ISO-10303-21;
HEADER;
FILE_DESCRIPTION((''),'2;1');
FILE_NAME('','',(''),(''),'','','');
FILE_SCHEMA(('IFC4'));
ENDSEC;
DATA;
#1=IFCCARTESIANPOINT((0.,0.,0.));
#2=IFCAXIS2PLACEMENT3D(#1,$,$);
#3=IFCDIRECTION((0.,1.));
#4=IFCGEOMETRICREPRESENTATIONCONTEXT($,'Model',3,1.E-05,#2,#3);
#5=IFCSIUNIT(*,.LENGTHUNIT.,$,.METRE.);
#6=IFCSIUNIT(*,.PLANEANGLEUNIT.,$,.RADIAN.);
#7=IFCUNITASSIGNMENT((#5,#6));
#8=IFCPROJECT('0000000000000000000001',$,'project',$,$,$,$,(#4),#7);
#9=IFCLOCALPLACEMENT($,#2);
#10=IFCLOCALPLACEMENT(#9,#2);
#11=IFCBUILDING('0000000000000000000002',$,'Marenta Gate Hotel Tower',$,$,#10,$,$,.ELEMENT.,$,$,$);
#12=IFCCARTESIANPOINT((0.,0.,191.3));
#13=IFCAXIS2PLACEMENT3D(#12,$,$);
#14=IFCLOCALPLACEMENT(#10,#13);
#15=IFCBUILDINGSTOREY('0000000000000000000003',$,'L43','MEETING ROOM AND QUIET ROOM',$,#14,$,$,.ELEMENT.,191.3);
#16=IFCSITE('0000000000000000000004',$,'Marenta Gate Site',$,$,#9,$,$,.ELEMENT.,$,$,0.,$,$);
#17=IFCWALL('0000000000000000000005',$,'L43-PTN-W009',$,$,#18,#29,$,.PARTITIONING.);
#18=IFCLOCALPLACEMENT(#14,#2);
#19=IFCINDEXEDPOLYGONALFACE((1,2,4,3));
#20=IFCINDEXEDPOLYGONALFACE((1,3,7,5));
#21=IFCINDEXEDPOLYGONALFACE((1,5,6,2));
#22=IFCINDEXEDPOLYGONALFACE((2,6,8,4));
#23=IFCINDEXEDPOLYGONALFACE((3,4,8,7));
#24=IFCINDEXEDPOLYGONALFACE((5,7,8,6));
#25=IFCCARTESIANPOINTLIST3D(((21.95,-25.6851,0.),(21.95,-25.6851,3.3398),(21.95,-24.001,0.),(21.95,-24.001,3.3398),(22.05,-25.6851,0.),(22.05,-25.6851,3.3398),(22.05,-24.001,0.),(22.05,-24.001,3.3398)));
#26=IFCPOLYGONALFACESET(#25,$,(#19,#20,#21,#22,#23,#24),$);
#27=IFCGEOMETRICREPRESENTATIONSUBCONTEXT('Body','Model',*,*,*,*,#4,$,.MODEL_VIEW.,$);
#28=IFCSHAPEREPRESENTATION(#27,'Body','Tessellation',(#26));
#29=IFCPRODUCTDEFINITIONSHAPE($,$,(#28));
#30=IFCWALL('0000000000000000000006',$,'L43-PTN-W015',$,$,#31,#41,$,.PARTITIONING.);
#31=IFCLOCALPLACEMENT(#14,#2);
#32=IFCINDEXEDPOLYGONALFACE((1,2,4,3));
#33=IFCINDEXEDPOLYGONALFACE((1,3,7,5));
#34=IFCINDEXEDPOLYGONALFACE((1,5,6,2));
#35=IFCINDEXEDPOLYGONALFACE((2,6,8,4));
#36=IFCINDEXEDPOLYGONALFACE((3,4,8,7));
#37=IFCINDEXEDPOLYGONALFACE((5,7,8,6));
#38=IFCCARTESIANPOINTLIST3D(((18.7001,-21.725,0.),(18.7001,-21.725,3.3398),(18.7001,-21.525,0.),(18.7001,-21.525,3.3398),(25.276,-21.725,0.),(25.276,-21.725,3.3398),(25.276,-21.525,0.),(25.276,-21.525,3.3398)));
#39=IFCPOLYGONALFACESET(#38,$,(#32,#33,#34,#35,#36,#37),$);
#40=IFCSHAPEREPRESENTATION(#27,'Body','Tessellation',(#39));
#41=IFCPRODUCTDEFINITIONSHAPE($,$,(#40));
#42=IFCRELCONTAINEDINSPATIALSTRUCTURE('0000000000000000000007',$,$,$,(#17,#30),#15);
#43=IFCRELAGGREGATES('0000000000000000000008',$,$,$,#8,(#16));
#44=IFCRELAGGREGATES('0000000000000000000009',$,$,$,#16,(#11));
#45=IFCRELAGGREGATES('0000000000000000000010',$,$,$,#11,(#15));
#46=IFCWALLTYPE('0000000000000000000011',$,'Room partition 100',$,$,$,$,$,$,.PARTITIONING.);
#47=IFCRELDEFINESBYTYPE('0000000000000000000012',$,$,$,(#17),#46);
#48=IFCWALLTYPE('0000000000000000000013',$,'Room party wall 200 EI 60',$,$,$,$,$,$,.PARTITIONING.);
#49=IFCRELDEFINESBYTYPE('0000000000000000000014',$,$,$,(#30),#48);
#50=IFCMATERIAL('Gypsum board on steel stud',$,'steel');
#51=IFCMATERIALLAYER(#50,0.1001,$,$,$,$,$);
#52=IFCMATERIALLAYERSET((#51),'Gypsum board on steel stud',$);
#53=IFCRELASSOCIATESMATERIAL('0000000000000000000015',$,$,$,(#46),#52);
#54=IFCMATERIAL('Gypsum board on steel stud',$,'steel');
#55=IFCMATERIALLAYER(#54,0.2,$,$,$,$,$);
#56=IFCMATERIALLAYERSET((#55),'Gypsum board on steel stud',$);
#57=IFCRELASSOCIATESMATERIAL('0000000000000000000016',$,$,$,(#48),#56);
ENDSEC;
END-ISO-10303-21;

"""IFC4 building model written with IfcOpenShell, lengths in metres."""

from ifc_helpers import new_model, si_unit, direction, frame, frame_2d, origin, place, context, subcontext, project, spatial, rectangle, extrude, material, layer, layer_set, type_object, element, save


model = new_model("IFC4")

# Units and contexts
model_context = context("Model", 3, precision=1e-05, world=origin(), true_north=direction((0.0, 1.0)))
body_context = subcontext(model_context, "Body", "Model", "MODEL_VIEW")
ifc_project = project(units=[si_unit("LENGTHUNIT", "METRE"), si_unit("PLANEANGLEUNIT", "RADIAN")], contexts=[model_context])

# Site, building, storey
site_placement = place(None, origin())
site = spatial("IfcSite", under=ifc_project, at=site_placement, Name="Marenta Gate Site", CompositionType="ELEMENT", RefElevation=0.0)
building_placement = place(site_placement, origin())
building = spatial("IfcBuilding", under=site, at=building_placement, Name="Marenta Gate Hotel Tower", CompositionType="ELEMENT")
storey_placement = place(building_placement, frame((0.0, 0.0, 191.3)))
storey = spatial("IfcBuildingStorey", under=building, at=storey_placement, Name="L43", Description="MEETING ROOM AND QUIET ROOM", CompositionType="ELEMENT", Elevation=191.3)

# Shared definitions
ifc_material_1 = material(Name="Gypsum board on steel stud", Category="steel")
ifc_layer_1 = layer(ifc_material_1, 0.1001)
ifc_layer_set_1 = layer_set([ifc_layer_1], Name="Gypsum board on steel stud")
wall_type_1 = type_object("IfcWallType", Name="Room partition 100", PredefinedType="PARTITIONING", material=ifc_layer_set_1)

# Walls
wall_1_placement = place(storey_placement, frame((22.0, -25.6851, 0.0), z_axis=(0.0, 0.0, 1.0), x_axis=(0.0, 1.0, 0.0)))
element("IfcWall", 1, at=wall_1_placement, inside=storey, type_object=wall_type_1, Name="L43-PTN-W009", PredefinedType="PARTITIONING", context=body_context, shape_type="SweptSolid", body=[
    extrude(rectangle(XDim=1.6841, YDim=0.1001, at=frame_2d((0.842, 0.0))), origin(), (0.0, 0.0, 1.0), 3.3398),
])
ifc_material_2 = material(Name="Gypsum board on steel stud", Category="steel")
ifc_layer_2 = layer(ifc_material_2, 0.2)
ifc_layer_set_2 = layer_set([ifc_layer_2], Name="Gypsum board on steel stud")
wall_type_2 = type_object("IfcWallType", Name="Room party wall 200 EI 60", PredefinedType="PARTITIONING", material=ifc_layer_set_2)
wall_2_placement = place(storey_placement, frame((18.7, -21.625, 0.0), z_axis=(0.0, 0.0, 1.0), x_axis=(1.0, 0.0, 0.0)))
element("IfcWall", 2, at=wall_2_placement, inside=storey, type_object=wall_type_2, Name="L43-PTN-W015", PredefinedType="PARTITIONING", context=body_context, shape_type="SweptSolid", body=[
    extrude(rectangle(XDim=6.5759, YDim=0.2, at=frame_2d((3.2881, 0.0))), origin(), (0.0, 0.0, 1.0), 3.3398),
])

save(model, "model.ifc")
